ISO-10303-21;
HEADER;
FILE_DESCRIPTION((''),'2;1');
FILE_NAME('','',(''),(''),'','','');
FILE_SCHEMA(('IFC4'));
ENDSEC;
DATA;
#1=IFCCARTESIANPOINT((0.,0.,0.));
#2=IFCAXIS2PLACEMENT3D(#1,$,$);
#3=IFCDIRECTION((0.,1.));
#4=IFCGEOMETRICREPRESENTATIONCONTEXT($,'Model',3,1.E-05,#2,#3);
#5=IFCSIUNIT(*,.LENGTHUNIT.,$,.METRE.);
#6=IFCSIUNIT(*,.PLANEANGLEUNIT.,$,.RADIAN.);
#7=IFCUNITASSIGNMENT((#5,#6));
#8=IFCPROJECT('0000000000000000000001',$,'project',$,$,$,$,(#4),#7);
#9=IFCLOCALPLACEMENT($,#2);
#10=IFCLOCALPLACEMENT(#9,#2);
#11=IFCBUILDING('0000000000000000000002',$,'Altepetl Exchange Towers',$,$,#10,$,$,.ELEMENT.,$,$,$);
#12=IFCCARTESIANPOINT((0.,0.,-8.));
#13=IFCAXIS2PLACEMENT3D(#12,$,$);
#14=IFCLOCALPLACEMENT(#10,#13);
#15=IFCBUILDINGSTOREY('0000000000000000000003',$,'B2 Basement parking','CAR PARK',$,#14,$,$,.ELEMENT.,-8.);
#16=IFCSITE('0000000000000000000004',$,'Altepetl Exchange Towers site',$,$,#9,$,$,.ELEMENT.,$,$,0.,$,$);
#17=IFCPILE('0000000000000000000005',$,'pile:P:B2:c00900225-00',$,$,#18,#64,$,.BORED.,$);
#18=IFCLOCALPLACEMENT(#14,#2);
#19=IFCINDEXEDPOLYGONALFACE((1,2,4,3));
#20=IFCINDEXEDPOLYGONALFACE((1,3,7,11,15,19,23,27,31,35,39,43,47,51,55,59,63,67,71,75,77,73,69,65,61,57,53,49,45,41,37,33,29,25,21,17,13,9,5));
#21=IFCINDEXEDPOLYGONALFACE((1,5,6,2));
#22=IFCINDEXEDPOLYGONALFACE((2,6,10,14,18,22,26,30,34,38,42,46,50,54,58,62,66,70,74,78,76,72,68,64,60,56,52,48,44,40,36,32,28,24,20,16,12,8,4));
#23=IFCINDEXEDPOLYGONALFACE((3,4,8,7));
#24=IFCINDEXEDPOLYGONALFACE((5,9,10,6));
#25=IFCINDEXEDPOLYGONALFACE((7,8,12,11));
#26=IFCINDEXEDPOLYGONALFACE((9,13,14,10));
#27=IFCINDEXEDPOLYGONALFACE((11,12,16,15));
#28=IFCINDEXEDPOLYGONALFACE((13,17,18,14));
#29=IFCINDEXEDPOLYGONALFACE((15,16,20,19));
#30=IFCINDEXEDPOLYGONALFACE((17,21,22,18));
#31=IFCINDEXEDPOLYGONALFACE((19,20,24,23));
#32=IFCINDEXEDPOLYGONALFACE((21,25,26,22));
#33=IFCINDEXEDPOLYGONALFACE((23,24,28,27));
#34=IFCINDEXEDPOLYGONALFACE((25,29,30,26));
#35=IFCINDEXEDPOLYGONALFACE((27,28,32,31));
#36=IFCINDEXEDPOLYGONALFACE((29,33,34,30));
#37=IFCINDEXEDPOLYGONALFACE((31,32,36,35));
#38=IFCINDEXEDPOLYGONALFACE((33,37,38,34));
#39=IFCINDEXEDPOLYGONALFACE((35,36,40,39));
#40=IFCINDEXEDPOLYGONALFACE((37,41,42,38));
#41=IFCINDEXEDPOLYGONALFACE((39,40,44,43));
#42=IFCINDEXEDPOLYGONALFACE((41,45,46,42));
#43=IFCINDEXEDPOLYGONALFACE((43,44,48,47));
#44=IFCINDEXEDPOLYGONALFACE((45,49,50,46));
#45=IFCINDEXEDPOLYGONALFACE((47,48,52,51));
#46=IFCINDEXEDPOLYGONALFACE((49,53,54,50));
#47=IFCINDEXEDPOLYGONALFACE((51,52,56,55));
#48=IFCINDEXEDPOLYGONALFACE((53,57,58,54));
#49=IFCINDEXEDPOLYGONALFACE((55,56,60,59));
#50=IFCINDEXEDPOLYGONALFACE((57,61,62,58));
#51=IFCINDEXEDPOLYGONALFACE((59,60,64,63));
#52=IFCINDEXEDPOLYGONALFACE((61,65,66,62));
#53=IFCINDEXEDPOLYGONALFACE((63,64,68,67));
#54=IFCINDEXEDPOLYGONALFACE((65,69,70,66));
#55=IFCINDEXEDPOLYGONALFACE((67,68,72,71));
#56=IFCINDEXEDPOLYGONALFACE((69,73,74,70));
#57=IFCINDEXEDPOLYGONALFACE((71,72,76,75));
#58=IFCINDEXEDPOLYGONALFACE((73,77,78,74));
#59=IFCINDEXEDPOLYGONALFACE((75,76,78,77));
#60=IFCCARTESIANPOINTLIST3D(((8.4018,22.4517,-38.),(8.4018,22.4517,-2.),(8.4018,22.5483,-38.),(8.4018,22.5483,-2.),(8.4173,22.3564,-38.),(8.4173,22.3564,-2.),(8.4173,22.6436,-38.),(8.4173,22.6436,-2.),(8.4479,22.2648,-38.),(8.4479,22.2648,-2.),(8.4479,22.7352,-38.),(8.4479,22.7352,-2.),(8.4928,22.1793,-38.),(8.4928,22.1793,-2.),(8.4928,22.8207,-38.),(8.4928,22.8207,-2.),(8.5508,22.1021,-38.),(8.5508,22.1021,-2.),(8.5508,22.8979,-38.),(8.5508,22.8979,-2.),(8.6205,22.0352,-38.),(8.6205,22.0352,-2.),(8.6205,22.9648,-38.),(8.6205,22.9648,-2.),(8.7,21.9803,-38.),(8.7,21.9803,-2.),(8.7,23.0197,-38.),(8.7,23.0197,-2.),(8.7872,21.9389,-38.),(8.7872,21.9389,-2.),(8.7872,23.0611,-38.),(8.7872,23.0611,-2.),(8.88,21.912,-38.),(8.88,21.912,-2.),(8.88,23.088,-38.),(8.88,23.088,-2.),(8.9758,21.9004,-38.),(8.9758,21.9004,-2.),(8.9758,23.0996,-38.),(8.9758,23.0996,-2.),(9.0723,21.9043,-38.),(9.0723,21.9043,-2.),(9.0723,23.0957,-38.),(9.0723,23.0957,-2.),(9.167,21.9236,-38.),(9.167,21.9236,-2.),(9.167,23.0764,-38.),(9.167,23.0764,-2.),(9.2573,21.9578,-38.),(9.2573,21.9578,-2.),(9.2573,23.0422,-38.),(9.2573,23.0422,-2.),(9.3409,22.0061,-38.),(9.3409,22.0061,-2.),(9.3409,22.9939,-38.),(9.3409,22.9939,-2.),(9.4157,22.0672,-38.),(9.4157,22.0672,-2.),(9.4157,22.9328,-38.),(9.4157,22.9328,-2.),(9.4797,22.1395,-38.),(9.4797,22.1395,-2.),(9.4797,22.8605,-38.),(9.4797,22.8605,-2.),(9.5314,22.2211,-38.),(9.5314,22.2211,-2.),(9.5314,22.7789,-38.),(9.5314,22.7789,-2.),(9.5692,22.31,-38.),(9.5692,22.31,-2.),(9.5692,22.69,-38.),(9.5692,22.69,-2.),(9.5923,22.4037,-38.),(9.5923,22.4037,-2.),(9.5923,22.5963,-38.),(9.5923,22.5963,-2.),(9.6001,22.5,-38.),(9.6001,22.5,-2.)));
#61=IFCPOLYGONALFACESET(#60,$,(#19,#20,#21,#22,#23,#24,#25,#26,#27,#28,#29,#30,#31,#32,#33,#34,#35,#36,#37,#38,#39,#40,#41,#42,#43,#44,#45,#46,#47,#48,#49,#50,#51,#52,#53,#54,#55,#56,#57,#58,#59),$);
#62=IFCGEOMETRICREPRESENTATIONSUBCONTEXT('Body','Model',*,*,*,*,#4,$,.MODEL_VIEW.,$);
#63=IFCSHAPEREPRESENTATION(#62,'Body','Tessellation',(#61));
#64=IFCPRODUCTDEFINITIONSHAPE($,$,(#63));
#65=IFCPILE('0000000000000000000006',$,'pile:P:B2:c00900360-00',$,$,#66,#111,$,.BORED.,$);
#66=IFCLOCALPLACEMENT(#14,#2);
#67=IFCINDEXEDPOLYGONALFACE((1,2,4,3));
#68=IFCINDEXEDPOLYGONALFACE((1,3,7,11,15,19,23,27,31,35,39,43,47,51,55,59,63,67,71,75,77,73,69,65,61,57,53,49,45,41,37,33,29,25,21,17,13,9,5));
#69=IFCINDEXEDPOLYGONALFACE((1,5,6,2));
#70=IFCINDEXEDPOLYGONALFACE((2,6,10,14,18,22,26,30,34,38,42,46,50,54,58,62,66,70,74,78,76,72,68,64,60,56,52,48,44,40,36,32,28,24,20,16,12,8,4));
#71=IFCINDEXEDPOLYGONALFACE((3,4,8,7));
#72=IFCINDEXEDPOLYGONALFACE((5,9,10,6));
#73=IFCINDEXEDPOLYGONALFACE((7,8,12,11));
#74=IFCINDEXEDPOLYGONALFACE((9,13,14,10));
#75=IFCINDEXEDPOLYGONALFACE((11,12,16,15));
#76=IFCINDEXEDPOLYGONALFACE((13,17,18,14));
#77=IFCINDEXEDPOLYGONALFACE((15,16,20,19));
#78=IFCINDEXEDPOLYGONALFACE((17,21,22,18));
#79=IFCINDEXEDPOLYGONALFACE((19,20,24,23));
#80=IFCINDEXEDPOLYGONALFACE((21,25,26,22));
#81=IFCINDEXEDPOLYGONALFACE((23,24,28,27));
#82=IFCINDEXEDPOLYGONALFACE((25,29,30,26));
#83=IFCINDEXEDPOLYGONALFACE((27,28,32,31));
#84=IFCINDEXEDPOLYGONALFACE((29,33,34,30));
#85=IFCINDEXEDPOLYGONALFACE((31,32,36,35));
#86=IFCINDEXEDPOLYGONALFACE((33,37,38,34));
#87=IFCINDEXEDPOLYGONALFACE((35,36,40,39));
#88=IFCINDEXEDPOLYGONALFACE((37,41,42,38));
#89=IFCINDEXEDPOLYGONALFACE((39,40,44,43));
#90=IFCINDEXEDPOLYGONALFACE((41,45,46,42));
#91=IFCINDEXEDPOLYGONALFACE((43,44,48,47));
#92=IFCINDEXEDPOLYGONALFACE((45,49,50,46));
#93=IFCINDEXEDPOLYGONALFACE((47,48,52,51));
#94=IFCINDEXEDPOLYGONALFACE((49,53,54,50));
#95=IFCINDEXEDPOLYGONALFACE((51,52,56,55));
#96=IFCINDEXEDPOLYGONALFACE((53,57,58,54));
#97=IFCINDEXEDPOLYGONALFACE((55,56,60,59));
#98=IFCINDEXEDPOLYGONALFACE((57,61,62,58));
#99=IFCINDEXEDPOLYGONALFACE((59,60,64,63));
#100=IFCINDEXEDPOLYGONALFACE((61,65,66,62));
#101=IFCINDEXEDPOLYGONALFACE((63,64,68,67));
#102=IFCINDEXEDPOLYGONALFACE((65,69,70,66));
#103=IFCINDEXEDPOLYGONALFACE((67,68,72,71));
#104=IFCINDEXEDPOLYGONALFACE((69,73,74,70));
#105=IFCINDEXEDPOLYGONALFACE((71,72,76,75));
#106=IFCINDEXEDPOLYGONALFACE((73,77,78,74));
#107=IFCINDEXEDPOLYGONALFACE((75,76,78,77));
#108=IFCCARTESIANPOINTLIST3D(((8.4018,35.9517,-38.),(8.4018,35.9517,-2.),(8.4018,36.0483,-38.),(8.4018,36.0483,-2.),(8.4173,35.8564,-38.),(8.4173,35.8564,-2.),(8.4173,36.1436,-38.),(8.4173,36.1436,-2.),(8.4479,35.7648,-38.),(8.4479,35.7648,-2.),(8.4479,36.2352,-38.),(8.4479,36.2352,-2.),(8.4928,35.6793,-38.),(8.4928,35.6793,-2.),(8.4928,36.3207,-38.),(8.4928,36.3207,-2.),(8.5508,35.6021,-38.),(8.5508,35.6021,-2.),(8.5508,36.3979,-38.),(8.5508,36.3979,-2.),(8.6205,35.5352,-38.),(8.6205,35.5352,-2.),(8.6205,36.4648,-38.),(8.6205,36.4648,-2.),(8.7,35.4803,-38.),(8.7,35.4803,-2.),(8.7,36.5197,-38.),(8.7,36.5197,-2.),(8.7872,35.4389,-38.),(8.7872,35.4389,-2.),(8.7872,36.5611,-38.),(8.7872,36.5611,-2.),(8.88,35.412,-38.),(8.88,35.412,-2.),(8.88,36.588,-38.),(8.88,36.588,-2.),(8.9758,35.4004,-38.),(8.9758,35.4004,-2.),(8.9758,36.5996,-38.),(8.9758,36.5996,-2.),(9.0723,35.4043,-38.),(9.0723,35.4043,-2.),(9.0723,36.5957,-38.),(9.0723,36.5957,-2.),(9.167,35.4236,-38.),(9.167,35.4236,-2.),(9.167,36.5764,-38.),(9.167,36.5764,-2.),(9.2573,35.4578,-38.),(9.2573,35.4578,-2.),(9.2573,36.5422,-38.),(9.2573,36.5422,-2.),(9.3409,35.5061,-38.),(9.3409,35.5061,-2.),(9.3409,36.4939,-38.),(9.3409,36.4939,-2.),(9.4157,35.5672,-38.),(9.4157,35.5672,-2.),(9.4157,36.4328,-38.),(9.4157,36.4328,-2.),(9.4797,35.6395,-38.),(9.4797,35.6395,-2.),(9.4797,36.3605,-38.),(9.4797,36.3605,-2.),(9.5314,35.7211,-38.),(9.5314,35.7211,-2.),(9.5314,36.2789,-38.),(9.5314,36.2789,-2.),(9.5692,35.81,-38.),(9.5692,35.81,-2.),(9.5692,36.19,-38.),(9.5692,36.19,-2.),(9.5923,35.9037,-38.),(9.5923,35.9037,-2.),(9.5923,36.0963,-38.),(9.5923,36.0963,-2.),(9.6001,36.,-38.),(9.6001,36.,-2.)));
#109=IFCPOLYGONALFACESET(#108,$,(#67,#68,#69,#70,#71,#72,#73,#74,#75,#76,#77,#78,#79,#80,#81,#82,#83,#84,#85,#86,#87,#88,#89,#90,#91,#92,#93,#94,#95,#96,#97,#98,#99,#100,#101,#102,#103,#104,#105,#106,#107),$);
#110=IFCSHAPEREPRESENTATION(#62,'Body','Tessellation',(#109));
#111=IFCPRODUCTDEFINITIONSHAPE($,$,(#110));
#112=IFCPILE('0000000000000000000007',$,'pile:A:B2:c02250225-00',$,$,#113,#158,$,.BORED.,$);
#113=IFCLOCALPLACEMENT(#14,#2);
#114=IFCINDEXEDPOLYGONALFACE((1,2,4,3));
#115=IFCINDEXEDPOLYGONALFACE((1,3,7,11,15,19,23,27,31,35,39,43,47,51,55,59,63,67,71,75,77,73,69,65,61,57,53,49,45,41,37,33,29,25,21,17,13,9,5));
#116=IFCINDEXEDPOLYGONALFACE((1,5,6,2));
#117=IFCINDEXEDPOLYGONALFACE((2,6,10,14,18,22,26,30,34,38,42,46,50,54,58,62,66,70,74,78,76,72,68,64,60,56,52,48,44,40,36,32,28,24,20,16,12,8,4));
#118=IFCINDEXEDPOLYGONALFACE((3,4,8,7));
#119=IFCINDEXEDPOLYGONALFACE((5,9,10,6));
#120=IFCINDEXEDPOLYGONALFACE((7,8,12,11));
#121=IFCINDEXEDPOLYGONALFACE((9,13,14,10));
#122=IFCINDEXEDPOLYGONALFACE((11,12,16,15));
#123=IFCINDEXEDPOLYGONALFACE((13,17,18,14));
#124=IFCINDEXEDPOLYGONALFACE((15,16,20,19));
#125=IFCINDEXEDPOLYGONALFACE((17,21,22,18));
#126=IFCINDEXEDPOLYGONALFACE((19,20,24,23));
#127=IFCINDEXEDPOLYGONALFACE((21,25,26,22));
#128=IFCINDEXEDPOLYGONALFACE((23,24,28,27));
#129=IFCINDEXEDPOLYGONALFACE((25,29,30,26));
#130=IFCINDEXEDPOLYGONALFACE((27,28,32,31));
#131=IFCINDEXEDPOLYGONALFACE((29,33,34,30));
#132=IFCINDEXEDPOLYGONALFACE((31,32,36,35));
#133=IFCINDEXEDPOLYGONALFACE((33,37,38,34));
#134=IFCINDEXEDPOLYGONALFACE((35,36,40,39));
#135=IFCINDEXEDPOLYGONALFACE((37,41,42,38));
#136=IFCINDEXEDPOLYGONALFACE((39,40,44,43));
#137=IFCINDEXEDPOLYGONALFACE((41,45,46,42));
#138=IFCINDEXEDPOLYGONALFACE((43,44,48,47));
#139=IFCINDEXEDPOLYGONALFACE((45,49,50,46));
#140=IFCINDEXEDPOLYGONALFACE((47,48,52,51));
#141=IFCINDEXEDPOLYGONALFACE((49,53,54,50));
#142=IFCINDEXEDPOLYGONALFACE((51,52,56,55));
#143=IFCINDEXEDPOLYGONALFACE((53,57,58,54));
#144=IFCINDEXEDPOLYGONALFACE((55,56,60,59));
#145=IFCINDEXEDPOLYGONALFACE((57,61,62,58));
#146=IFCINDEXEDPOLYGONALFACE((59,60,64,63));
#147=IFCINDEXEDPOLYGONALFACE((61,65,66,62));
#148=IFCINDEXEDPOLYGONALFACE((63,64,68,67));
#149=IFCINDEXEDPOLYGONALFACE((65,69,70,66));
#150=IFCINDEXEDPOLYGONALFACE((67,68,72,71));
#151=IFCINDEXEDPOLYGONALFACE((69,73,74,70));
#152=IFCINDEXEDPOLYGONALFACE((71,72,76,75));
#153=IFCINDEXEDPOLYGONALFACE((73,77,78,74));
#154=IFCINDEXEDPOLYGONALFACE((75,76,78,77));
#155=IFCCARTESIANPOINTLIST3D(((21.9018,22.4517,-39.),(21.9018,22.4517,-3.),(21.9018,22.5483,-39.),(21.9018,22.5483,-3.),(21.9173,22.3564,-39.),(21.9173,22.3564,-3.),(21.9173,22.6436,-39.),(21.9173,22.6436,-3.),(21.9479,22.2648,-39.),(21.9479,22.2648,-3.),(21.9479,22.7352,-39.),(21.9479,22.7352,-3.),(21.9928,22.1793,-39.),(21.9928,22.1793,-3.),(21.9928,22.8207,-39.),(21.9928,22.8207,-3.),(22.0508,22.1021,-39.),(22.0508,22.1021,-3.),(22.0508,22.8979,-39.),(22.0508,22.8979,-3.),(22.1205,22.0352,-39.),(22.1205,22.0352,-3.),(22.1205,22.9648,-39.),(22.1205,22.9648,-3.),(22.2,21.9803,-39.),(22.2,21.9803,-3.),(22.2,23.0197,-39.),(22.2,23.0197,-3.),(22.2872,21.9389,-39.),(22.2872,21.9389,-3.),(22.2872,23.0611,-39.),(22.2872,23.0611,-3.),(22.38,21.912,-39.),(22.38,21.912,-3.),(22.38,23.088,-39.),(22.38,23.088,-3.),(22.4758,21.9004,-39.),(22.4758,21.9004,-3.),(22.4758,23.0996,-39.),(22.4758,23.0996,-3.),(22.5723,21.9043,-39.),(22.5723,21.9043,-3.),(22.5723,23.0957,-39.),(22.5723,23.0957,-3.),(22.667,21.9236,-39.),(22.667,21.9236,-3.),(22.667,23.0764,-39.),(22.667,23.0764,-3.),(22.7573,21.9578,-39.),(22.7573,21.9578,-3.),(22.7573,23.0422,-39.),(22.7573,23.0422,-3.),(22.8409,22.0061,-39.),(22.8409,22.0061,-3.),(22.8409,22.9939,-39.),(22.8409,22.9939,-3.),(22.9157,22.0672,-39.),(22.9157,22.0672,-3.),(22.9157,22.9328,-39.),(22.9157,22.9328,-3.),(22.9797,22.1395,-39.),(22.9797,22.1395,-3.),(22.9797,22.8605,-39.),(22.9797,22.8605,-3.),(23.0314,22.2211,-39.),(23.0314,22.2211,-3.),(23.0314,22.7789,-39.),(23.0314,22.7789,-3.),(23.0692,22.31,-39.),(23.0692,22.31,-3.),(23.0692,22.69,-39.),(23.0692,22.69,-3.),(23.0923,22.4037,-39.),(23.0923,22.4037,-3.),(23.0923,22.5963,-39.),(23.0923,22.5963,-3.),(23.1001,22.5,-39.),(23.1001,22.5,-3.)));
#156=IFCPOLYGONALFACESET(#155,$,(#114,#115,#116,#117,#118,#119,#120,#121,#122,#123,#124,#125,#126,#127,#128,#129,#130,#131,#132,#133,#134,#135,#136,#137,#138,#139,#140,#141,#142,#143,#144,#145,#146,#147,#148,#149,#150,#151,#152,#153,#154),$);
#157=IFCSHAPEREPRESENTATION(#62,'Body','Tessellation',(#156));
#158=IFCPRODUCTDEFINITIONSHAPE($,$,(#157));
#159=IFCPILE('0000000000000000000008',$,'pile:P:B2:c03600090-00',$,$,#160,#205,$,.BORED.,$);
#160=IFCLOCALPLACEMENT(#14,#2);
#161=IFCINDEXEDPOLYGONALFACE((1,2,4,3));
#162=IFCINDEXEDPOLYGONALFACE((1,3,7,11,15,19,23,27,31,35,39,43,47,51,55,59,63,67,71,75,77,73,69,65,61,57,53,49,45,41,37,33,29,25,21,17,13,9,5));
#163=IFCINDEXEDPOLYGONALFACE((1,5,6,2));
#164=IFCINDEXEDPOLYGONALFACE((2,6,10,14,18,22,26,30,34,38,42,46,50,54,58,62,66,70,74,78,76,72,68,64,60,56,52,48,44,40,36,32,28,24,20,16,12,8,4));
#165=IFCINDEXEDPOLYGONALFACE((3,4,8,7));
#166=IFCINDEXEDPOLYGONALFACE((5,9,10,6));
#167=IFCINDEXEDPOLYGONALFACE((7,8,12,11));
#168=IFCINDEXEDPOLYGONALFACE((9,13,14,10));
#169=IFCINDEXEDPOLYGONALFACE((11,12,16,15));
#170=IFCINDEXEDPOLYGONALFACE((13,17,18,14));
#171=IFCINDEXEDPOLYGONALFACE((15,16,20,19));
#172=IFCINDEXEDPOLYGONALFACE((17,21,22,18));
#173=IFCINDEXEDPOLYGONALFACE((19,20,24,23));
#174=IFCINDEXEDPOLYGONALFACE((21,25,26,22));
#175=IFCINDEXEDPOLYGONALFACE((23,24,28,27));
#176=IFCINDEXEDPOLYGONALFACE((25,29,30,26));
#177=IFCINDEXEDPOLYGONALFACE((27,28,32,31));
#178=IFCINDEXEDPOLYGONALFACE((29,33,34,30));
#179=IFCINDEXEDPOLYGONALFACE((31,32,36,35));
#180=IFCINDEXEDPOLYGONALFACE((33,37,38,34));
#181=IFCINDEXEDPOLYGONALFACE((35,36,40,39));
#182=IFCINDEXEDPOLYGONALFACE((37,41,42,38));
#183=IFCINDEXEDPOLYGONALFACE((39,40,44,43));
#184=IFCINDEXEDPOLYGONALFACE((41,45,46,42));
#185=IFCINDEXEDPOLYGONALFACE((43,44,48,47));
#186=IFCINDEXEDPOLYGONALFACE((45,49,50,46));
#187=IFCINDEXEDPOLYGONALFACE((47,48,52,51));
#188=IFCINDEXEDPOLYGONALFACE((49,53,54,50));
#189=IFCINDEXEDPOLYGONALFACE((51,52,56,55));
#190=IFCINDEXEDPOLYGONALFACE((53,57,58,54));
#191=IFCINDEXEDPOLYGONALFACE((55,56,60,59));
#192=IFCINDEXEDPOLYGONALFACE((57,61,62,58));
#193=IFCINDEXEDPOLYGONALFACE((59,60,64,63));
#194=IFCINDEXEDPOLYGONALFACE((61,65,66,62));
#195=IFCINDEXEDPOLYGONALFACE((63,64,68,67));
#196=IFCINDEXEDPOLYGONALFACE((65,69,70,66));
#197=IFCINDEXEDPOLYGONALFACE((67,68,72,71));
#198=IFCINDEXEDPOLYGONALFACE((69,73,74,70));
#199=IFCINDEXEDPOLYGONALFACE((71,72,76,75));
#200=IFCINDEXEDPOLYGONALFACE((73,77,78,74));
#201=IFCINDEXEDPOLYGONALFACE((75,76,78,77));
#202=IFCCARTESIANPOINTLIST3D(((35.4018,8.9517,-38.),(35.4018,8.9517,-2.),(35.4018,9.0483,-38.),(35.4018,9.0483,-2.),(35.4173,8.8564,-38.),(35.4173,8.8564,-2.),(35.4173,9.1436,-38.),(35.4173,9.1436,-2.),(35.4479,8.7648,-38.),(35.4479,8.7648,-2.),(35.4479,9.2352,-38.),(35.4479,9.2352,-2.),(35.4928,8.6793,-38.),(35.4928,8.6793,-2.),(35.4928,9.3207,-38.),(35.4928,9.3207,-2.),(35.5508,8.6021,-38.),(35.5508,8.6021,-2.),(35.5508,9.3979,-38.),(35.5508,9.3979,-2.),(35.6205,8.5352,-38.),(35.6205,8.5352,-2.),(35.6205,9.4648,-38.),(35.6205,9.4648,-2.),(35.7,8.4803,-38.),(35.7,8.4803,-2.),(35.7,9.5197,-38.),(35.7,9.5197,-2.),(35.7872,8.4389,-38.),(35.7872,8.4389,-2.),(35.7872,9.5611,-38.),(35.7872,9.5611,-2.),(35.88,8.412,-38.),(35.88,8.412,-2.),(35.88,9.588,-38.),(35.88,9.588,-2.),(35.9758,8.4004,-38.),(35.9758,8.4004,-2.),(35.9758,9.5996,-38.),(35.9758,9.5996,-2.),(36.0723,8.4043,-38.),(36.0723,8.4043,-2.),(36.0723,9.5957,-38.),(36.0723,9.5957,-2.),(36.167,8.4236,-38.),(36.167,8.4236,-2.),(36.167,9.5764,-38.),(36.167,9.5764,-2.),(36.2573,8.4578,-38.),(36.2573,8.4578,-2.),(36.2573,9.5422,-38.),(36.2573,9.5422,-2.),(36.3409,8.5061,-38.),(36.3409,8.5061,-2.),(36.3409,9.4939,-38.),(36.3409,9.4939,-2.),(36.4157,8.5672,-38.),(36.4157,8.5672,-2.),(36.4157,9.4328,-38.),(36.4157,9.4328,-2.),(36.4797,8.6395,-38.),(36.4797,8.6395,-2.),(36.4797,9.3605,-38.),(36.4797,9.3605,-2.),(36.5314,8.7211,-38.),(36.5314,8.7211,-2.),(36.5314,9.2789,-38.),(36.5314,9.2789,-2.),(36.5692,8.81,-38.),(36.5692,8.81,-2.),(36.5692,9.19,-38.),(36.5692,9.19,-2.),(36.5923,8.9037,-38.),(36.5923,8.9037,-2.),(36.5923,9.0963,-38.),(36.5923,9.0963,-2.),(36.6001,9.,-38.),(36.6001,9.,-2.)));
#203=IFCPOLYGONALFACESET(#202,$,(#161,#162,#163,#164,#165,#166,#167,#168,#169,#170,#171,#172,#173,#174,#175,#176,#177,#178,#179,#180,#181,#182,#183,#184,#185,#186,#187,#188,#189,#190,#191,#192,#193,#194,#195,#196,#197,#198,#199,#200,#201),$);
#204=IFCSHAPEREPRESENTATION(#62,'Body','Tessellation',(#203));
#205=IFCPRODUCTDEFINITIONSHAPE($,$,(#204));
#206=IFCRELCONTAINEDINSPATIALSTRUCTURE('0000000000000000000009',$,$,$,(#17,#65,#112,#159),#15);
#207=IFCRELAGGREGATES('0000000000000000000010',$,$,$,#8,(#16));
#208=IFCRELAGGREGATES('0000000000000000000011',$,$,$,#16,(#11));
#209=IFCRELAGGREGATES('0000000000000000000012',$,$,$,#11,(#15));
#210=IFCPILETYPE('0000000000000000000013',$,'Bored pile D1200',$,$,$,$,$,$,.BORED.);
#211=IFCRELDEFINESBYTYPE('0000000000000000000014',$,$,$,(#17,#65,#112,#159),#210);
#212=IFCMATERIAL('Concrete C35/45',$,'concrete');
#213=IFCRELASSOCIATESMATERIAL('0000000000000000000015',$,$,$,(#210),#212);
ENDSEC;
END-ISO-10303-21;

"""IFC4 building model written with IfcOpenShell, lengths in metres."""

from ifc_helpers import new_model, si_unit, direction, frame, origin, origin_2d, place, context, subcontext, project, spatial, circle, extrude, material, material_profile, profile_set, type_object, element, save


model = new_model("IFC4")

# Units and contexts
model_context = context("Model", 3, precision=1e-05, world=origin(), true_north=direction((0.0, 1.0)))
body_context = subcontext(model_context, "Body", "Model", "MODEL_VIEW")
ifc_project = project(units=[si_unit("LENGTHUNIT", "METRE"), si_unit("PLANEANGLEUNIT", "RADIAN")], contexts=[model_context])

# Site, building, storey
site_placement = place(None, origin())
site = spatial("IfcSite", under=ifc_project, at=site_placement, Name="Altepetl Exchange Towers site", CompositionType="ELEMENT", RefElevation=0.0)
building_placement = place(site_placement, origin())
building = spatial("IfcBuilding", under=site, at=building_placement, Name="Altepetl Exchange Towers", CompositionType="ELEMENT")
storey_placement = place(building_placement, frame((0.0, 0.0, -8.0)))
storey = spatial("IfcBuildingStorey", under=building, at=storey_placement, Name="B2 Basement parking", Description="CAR PARK", CompositionType="ELEMENT", Elevation=-8.0)

# Piles
ifc_material_1 = material(Name="Concrete C35/45", Category="concrete")
ifc_material_profile_1 = material_profile(ifc_material_1, circle(Radius=0.6001, at=origin_2d()), Name="D1200")
ifc_profile_set_1 = profile_set([ifc_material_profile_1], Name="Concrete C35/45")
pile_type_1 = type_object("IfcPileType", Name="Bored pile D1200", PredefinedType="BORED", material=ifc_profile_set_1)
for number, where, z_axis, x_axis, name in (
    (1, (9.0, 22.5, -2.0), (0.0, 0.0, -1.0), (1.0, 0.0, 0.0), "pile:P:B2:c00900225-00"),
    (2, (9.0, 36.0, -2.0), (0.0, 0.0, -1.0), (1.0, 0.0, 0.0), "pile:P:B2:c00900360-00"),
    (3, (22.5, 22.5, -3.0), (0.0, 0.0, -1.0), (1.0, 0.0, 0.0), "pile:A:B2:c02250225-00"),
    (4, (36.0, 9.0, -2.0), (0.0, 0.0, -1.0), (1.0, 0.0, 0.0), "pile:P:B2:c03600090-00"),
):
    element("IfcPile", number, at=place(storey_placement, frame(where, z_axis=z_axis, x_axis=x_axis)), inside=storey, type_object=pile_type_1, Name=name, PredefinedType="BORED", context=body_context, shape_type="SweptSolid", body=[
        extrude(circle(Radius=0.6001, at=origin_2d()), origin(), (0.0, 0.0, 1.0), 36.0),
    ])

save(model, "model.ifc")
